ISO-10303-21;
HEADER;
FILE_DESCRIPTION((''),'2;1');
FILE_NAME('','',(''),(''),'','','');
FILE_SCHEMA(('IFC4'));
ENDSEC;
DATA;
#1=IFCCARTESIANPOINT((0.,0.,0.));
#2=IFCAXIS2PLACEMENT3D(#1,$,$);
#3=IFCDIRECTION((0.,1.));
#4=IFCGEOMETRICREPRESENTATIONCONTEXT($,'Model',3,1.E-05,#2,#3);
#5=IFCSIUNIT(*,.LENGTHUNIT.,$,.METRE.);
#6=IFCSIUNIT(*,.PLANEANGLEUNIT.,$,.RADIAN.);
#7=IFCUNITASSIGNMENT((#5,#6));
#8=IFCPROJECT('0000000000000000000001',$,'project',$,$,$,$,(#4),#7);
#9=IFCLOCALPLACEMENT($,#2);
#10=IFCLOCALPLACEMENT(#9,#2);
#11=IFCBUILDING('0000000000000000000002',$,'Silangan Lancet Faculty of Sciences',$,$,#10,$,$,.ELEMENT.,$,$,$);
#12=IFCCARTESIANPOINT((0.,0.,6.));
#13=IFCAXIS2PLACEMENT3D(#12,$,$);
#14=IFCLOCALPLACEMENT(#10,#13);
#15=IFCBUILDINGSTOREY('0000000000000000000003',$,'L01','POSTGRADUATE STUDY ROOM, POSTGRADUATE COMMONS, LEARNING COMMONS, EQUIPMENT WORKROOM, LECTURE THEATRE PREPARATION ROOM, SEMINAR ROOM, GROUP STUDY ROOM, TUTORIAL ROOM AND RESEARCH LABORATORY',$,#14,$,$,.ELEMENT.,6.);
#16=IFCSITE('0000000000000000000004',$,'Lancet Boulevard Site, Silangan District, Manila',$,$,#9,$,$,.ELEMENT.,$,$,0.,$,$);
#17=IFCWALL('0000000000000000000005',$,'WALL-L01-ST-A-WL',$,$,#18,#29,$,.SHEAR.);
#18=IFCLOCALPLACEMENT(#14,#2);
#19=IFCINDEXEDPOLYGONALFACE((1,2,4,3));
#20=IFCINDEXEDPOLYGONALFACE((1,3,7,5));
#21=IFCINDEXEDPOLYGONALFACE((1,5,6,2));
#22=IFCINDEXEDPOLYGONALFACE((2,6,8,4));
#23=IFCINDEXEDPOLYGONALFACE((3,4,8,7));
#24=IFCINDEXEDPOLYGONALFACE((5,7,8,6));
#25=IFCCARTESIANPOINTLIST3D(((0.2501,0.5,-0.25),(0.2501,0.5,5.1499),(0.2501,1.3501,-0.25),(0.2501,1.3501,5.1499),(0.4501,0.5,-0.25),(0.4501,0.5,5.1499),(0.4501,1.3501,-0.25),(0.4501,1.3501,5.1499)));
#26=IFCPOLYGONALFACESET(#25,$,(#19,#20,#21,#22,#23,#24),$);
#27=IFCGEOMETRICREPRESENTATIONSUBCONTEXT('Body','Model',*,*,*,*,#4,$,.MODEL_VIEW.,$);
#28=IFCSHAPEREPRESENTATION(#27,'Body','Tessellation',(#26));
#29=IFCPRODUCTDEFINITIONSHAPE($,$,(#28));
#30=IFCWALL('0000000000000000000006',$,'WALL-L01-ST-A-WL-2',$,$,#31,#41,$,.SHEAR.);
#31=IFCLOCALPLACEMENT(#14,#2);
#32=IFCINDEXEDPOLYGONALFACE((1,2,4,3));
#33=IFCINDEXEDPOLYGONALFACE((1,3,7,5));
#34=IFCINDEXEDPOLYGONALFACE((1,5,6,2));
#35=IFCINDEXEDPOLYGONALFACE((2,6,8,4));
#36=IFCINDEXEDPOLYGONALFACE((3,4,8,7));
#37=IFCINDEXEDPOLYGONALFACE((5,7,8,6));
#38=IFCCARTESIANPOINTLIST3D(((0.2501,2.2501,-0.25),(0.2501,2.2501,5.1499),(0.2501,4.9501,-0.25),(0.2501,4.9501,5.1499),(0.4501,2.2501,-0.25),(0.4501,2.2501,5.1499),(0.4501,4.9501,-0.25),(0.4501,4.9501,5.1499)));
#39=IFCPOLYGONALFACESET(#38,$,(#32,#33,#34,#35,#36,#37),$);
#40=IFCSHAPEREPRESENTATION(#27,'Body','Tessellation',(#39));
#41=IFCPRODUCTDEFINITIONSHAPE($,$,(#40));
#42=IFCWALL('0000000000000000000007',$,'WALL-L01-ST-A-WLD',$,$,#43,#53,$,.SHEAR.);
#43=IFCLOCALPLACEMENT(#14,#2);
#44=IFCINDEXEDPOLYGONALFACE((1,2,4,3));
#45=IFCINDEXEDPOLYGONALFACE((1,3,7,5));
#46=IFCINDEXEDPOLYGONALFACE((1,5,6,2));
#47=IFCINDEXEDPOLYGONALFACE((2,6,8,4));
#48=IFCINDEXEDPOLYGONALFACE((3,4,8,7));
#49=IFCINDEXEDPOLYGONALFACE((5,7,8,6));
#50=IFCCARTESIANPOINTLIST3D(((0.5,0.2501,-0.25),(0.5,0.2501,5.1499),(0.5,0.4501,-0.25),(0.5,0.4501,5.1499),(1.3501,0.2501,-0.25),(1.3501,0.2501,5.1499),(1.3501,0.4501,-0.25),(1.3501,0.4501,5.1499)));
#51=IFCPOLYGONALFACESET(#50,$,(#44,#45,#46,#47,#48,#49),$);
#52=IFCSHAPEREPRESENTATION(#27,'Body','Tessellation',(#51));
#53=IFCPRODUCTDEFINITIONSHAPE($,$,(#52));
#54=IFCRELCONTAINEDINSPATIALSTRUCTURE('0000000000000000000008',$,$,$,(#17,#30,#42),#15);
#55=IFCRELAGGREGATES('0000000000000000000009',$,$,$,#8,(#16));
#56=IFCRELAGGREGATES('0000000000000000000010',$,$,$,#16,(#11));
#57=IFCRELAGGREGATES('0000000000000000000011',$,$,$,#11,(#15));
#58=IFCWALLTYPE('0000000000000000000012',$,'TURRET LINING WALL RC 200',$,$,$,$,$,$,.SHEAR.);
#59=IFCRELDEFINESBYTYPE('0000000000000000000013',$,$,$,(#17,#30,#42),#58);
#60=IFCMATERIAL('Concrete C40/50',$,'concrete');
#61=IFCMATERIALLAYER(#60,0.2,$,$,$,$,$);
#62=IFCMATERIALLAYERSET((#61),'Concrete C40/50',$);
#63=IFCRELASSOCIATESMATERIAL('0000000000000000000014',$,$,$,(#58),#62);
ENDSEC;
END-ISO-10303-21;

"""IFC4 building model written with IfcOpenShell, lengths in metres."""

from ifc_helpers import new_model, si_unit, direction, frame, frame_2d, origin, place, context, subcontext, project, spatial, rectangle, extrude, material, layer, layer_set, type_object, element, save


model = new_model("IFC4")

# Units and contexts
model_context = context("Model", 3, precision=1e-05, world=origin(), true_north=direction((0.0, 1.0)))
body_context = subcontext(model_context, "Body", "Model", "MODEL_VIEW")
ifc_project = project(units=[si_unit("LENGTHUNIT", "METRE"), si_unit("PLANEANGLEUNIT", "RADIAN")], contexts=[model_context])

# Site, building, storey
site_placement = place(None, origin())
site = spatial("IfcSite", under=ifc_project, at=site_placement, Name="Lancet Boulevard Site, Silangan District, Manila", CompositionType="ELEMENT", RefElevation=0.0)
building_placement = place(site_placement, origin())
building = spatial("IfcBuilding", under=site, at=building_placement, Name="Silangan Lancet Faculty of Sciences", CompositionType="ELEMENT")
storey_placement = place(building_placement, frame((0.0, 0.0, 6.0)))
storey = spatial("IfcBuildingStorey", under=building, at=storey_placement, Name="L01", Description="POSTGRADUATE STUDY ROOM, POSTGRADUATE COMMONS, LEARNING COMMONS, EQUIPMENT WORKROOM, LECTURE THEATRE PREPARATION ROOM, SEMINAR ROOM, GROUP STUDY ROOM, TUTORIAL ROOM AND RESEARCH LABORATORY", CompositionType="ELEMENT", Elevation=6.0)

# Walls
ifc_material_1 = material(Name="Concrete C40/50", Category="concrete")
ifc_layer_1 = layer(ifc_material_1, 0.2)
ifc_layer_set_1 = layer_set([ifc_layer_1], Name="Concrete C40/50")
wall_type_1 = type_object("IfcWallType", Name="TURRET LINING WALL RC 200", PredefinedType="SHEAR", material=ifc_layer_set_1)
wall_1_placement = place(storey_placement, frame((0.3501, 0.5, -0.25), z_axis=(0.0, 0.0, 1.0), x_axis=(0.0, 1.0, 0.0)))
element("IfcWall", 1, at=wall_1_placement, inside=storey, type_object=wall_type_1, Name="WALL-L01-ST-A-WL", PredefinedType="SHEAR", context=body_context, shape_type="SweptSolid", body=[
    extrude(rectangle(XDim=0.8501, YDim=0.2, at=frame_2d((0.425, 0.0))), origin(), (0.0, 0.0, 1.0), 5.3999),
])
wall_2_placement = place(storey_placement, frame((0.3501, 2.25, -0.25), z_axis=(0.0, 0.0, 1.0), x_axis=(0.0, 1.0, 0.0)))
element("IfcWall", 2, at=wall_2_placement, inside=storey, type_object=wall_type_1, Name="WALL-L01-ST-A-WL-2", PredefinedType="SHEAR", context=body_context, shape_type="SweptSolid", body=[
    extrude(rectangle(XDim=2.7, YDim=0.2, at=frame_2d((1.3501, 0.0))), origin(), (0.0, 0.0, 1.0), 5.3999),
])
wall_3_placement = place(storey_placement, frame((0.5, 0.3501, -0.25), z_axis=(0.0, 0.0, 1.0), x_axis=(1.0, 0.0, 0.0)))
element("IfcWall", 3, at=wall_3_placement, inside=storey, type_object=wall_type_1, Name="WALL-L01-ST-A-WLD", PredefinedType="SHEAR", context=body_context, shape_type="SweptSolid", body=[
    extrude(rectangle(XDim=0.8501, YDim=0.2, at=frame_2d((0.425, 0.0))), origin(), (0.0, 0.0, 1.0), 5.3999),
])

save(model, "model.ifc")
